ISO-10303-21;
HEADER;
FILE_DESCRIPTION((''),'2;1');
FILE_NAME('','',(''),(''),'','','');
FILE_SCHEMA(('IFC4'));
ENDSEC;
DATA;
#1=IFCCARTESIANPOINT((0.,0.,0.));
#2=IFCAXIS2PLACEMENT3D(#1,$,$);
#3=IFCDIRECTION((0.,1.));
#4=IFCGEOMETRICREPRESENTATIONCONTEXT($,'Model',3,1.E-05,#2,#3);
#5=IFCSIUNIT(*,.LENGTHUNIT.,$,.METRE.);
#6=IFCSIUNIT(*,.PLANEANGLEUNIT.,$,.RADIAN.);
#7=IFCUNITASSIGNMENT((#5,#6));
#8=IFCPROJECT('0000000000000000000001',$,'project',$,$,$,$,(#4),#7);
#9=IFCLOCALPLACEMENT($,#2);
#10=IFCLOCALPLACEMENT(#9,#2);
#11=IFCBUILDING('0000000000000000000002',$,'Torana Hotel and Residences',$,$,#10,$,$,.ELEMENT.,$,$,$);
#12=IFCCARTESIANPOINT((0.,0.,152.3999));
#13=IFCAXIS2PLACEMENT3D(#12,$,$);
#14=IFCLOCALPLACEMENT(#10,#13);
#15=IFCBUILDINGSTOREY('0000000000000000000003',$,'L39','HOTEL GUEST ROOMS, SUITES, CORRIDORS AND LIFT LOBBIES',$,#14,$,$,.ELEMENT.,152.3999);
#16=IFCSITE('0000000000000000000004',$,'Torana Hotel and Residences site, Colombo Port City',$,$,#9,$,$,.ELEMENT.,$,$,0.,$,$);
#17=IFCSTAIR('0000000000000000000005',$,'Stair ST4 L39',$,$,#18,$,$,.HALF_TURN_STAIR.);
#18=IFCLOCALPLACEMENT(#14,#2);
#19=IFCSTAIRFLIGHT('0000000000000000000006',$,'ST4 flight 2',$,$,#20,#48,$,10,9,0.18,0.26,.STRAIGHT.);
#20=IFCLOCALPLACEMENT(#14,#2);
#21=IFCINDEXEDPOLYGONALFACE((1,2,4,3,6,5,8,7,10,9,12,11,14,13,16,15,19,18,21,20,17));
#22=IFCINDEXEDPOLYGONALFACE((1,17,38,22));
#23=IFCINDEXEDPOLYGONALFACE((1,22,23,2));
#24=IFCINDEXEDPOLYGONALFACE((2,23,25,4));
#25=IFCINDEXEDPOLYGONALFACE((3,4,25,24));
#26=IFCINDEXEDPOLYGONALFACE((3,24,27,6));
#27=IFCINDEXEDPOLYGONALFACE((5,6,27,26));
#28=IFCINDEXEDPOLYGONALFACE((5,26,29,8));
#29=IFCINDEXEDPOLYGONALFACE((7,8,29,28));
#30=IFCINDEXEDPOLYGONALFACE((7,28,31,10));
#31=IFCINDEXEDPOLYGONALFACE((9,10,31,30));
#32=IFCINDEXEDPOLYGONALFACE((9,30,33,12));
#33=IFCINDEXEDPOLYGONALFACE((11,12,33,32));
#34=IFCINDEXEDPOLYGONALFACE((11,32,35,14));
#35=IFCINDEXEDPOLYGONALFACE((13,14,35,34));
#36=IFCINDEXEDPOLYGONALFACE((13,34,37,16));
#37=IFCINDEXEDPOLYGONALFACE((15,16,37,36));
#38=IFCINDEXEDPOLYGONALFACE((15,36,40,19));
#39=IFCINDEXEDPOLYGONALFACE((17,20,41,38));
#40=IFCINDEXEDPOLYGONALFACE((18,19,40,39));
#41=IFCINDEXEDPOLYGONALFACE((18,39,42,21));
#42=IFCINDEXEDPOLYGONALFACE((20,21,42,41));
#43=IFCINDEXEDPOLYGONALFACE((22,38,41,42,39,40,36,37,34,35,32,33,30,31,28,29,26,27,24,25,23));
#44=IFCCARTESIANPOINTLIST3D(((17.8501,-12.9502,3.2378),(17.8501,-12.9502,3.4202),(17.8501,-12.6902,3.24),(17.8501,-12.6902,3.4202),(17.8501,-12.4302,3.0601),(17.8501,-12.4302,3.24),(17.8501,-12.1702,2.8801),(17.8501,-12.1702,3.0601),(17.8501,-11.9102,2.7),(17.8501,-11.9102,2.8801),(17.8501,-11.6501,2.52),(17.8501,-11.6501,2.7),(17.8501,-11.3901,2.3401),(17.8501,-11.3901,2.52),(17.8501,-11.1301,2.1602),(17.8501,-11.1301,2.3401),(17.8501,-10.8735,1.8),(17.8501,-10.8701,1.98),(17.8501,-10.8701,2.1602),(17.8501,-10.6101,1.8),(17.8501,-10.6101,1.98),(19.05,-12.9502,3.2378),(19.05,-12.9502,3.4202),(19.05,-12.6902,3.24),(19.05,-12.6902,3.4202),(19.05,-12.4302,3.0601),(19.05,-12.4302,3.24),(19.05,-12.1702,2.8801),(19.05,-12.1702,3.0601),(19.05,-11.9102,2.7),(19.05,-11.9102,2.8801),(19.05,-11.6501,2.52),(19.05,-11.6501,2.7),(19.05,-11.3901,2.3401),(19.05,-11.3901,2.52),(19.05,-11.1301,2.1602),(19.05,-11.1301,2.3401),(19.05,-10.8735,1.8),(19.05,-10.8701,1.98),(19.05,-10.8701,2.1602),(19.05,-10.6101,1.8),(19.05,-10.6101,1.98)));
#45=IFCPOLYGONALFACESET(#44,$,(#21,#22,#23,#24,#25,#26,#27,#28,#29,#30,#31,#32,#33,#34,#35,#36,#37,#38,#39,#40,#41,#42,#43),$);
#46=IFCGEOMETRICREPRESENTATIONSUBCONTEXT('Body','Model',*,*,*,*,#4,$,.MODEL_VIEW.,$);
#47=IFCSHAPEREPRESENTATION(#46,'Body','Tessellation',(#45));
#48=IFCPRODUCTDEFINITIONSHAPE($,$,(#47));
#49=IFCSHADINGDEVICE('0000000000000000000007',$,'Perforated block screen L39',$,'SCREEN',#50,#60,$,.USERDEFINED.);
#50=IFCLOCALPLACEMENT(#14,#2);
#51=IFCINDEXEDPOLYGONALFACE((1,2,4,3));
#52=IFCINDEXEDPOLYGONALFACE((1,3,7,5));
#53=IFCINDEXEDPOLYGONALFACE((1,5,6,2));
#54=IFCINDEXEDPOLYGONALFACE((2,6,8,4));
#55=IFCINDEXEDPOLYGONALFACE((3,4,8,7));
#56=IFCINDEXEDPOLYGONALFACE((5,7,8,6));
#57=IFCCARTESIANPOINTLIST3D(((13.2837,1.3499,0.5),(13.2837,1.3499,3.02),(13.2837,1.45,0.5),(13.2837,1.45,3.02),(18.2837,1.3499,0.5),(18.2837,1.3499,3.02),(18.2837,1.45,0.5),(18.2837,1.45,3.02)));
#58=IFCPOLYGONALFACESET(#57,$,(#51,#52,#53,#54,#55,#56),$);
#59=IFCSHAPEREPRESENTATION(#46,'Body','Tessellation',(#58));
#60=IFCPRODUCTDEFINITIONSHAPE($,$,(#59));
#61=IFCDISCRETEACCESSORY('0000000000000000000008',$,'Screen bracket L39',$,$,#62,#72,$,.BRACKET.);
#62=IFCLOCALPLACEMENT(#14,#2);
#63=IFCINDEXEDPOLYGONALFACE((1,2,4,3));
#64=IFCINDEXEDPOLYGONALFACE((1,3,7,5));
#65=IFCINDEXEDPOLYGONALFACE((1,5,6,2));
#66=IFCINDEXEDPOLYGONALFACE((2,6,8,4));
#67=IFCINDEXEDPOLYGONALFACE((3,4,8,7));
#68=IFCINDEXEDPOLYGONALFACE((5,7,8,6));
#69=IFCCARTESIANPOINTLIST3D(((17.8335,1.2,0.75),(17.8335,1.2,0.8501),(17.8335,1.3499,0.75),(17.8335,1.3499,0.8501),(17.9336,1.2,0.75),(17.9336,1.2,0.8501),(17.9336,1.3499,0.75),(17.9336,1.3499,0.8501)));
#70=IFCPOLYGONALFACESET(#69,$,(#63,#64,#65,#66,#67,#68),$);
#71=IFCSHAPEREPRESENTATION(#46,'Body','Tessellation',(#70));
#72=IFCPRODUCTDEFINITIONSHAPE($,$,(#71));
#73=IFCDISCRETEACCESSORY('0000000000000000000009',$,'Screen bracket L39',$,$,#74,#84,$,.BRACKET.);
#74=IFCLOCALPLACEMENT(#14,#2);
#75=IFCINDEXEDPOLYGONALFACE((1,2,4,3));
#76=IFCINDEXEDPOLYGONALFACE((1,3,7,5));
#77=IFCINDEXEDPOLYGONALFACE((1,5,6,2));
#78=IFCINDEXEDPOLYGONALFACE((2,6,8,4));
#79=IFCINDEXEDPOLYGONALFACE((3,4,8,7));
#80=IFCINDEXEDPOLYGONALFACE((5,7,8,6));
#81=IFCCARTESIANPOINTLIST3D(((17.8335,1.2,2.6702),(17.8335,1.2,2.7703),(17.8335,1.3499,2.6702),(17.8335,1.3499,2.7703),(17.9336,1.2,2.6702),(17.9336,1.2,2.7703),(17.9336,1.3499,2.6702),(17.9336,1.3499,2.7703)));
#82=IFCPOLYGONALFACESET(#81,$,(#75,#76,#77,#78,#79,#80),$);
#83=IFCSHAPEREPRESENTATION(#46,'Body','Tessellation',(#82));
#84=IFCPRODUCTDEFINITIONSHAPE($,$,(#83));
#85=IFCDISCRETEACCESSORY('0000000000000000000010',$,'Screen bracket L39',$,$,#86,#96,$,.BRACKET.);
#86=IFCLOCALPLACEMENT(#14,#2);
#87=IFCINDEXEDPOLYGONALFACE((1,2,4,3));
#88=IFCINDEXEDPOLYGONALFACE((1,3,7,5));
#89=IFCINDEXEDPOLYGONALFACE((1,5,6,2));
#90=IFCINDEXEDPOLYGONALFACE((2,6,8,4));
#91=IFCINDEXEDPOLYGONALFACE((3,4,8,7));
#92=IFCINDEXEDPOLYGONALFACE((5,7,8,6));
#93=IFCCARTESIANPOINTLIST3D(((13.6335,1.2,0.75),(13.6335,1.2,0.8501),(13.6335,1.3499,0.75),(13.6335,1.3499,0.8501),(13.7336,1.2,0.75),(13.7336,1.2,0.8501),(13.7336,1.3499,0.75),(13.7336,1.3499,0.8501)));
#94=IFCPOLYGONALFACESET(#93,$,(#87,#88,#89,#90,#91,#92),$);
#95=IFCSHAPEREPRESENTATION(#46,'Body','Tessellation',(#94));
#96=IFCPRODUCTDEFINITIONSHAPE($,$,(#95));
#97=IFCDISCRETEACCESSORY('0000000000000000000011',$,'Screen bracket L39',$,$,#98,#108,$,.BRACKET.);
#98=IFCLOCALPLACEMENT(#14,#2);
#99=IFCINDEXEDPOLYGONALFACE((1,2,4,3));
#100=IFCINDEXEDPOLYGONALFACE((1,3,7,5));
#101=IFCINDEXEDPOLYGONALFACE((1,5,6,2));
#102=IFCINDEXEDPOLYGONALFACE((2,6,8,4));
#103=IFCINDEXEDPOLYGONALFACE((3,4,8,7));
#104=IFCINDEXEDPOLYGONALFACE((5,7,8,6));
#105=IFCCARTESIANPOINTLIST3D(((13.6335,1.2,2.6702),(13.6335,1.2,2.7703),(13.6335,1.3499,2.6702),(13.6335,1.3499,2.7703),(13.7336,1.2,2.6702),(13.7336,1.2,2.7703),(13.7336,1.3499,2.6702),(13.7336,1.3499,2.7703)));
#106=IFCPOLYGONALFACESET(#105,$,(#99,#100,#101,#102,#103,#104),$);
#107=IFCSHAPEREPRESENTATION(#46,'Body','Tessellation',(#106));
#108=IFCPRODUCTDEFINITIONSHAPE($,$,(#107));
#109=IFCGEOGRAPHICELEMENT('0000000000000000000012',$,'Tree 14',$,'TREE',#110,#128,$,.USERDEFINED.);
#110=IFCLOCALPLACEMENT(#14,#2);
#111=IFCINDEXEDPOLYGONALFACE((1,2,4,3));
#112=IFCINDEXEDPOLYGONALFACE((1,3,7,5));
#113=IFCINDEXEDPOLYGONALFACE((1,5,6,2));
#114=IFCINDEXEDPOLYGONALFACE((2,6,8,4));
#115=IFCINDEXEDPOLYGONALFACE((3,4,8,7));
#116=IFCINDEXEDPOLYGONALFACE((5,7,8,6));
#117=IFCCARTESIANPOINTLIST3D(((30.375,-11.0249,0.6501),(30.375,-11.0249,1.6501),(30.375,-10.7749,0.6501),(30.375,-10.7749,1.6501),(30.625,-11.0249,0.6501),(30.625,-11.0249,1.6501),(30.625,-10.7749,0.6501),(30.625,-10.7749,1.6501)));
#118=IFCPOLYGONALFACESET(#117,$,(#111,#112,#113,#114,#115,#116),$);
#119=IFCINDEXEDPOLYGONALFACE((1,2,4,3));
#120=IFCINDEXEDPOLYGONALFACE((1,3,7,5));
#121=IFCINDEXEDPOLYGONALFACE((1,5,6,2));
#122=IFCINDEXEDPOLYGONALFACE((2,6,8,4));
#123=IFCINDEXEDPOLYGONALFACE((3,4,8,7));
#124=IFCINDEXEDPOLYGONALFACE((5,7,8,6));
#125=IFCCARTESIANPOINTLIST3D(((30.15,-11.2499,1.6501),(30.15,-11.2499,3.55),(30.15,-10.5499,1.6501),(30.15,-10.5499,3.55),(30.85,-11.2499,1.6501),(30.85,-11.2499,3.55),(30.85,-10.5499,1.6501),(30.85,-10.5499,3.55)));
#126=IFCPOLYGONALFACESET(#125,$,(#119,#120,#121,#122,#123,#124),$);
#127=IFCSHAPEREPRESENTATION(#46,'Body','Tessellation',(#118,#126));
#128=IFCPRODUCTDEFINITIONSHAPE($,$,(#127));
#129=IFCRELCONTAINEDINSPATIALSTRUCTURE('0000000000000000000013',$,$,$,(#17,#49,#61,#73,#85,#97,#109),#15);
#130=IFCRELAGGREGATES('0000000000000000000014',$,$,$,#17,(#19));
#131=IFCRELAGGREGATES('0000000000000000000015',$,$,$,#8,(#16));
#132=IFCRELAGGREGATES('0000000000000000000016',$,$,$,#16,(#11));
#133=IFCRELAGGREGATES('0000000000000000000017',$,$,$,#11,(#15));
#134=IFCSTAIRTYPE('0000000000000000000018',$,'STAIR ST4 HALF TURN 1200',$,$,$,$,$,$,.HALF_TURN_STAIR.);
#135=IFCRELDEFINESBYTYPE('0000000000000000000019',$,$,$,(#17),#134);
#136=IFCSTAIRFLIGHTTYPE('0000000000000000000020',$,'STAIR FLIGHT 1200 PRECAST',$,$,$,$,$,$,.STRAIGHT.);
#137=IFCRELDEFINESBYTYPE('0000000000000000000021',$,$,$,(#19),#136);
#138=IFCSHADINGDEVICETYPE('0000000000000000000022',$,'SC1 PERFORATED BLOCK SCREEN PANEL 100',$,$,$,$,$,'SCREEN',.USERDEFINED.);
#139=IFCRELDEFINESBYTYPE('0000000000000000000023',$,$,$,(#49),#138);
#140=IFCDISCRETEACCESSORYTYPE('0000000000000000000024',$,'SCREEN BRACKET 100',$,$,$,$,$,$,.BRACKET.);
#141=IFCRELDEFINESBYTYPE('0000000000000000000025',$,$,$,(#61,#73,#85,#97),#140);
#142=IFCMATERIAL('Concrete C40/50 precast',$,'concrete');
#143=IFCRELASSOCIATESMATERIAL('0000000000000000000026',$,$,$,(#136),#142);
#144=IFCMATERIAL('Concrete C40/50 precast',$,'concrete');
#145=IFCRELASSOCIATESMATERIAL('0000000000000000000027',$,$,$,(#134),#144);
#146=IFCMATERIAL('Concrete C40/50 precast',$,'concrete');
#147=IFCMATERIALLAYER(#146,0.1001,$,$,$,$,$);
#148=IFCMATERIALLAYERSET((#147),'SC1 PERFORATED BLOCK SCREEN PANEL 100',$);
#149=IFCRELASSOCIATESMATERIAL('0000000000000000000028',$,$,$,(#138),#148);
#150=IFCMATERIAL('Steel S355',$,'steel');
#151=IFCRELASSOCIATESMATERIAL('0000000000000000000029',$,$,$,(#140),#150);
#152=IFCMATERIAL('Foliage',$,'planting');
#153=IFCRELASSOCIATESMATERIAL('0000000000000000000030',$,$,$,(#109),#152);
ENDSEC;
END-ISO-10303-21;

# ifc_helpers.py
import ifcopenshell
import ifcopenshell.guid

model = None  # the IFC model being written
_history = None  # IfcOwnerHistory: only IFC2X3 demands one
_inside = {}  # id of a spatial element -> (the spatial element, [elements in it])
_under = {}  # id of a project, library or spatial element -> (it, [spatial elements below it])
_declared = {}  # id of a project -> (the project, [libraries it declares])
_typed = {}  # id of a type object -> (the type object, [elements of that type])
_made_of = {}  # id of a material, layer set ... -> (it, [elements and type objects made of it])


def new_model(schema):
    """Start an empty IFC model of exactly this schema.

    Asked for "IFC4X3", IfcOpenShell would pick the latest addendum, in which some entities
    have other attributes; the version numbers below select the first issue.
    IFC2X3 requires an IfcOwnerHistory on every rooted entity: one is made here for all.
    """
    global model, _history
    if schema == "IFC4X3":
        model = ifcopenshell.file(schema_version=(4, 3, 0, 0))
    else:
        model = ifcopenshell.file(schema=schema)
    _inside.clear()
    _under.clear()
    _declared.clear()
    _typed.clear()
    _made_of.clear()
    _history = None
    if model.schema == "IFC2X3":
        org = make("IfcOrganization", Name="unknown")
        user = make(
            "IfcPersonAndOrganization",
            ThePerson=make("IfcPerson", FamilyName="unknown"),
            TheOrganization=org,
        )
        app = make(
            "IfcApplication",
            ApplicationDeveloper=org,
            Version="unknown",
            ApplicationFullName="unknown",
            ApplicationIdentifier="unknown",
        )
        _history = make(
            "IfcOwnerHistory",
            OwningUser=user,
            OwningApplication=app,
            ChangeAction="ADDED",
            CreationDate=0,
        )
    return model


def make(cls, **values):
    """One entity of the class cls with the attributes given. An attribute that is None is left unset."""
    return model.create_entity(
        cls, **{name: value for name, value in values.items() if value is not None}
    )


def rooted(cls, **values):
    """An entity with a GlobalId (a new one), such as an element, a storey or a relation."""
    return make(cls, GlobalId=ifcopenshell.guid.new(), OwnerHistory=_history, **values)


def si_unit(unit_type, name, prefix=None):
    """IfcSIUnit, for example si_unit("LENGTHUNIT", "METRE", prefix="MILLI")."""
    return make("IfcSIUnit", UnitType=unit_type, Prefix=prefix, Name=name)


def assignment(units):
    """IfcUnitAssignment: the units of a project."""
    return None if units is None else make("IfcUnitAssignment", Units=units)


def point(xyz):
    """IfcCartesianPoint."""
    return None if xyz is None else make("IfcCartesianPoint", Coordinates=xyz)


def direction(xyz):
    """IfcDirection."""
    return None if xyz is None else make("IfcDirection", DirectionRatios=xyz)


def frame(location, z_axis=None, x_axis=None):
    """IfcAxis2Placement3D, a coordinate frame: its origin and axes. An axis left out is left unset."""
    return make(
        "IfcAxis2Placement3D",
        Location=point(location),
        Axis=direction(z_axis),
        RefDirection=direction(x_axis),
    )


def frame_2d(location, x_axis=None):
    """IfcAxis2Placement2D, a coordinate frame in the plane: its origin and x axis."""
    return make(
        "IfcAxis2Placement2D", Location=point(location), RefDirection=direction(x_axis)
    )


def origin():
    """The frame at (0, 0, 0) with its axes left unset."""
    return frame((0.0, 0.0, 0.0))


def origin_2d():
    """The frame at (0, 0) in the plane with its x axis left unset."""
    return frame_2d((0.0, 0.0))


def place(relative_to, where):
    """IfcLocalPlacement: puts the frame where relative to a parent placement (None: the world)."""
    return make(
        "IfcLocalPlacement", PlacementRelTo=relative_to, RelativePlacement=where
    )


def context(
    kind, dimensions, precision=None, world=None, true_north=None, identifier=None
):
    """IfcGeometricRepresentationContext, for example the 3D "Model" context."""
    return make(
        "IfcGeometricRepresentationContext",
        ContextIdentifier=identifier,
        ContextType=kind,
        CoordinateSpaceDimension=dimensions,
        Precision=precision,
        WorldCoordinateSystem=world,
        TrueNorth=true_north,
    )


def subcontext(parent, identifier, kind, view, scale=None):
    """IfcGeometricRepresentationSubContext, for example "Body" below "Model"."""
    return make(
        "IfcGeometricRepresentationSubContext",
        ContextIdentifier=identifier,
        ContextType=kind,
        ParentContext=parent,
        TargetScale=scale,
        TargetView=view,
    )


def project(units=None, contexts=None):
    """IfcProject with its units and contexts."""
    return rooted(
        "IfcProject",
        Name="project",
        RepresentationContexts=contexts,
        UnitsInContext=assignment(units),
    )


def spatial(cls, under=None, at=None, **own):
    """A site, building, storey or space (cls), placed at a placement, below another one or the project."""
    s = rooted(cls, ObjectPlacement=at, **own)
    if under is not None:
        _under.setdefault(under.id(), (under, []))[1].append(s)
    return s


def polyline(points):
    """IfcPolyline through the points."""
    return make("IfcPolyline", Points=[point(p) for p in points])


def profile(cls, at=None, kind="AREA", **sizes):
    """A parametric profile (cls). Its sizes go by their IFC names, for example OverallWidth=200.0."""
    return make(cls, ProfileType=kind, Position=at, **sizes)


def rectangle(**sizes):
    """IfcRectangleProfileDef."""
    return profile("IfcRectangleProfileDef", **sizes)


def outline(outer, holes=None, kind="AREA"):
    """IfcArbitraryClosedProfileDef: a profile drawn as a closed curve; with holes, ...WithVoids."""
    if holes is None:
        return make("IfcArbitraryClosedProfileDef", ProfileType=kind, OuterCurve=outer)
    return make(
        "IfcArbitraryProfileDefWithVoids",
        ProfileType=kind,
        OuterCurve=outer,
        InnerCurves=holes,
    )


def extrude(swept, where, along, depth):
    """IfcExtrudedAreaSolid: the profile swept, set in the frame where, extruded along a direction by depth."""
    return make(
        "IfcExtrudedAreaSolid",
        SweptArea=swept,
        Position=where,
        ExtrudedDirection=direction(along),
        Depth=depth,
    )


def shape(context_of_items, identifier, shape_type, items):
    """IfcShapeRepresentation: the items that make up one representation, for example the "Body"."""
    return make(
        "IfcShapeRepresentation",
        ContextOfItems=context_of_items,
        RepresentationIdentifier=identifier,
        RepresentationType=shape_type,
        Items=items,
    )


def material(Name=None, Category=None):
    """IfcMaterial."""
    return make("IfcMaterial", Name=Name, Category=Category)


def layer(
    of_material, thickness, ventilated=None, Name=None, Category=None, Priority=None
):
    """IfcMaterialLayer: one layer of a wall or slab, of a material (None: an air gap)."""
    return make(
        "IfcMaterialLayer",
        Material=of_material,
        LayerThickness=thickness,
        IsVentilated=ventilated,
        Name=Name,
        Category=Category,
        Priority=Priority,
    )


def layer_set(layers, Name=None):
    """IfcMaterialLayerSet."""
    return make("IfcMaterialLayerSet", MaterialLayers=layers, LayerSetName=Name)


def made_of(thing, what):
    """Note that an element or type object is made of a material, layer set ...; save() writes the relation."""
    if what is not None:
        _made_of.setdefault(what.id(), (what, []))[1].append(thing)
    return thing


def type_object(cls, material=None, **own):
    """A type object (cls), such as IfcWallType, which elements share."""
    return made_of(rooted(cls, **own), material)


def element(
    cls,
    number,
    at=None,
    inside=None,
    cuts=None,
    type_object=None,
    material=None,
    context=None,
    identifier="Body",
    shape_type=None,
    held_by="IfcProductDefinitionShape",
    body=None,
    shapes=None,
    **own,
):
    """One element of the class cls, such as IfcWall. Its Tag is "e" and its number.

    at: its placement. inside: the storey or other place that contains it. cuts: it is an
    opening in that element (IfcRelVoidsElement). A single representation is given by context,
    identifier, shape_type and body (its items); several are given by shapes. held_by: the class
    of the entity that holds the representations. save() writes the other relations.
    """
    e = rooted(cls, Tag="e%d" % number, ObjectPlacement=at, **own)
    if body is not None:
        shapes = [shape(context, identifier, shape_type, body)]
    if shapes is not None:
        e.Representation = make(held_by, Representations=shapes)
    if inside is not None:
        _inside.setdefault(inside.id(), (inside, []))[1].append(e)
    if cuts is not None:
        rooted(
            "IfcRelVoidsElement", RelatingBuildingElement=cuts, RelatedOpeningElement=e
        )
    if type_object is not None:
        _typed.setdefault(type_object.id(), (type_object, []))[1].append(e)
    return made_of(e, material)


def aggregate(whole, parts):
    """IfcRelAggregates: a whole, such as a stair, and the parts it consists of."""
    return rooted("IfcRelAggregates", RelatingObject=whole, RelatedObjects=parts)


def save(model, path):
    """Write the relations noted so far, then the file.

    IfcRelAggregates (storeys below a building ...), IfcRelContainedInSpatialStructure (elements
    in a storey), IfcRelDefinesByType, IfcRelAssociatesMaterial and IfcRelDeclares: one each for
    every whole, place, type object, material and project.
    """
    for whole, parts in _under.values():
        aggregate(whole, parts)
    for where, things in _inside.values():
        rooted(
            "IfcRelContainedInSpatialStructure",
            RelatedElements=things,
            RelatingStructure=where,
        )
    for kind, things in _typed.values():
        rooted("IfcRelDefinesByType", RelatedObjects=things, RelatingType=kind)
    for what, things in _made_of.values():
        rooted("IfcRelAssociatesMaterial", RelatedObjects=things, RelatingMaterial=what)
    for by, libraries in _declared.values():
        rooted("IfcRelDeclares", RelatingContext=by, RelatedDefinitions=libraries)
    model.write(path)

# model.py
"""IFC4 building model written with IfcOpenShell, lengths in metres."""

from ifc_helpers import new_model, si_unit, direction, frame, origin, origin_2d, place, context, subcontext, project, spatial, polyline, rectangle, outline, extrude, material, layer, layer_set, type_object, element, aggregate, save


model = new_model("IFC4")

# Units and contexts
model_context = context("Model", 3, precision=1e-05, world=origin(), true_north=direction((0.0, 1.0)))
body_context = subcontext(model_context, "Body", "Model", "MODEL_VIEW")
ifc_project = project(units=[si_unit("LENGTHUNIT", "METRE"), si_unit("PLANEANGLEUNIT", "RADIAN")], contexts=[model_context])

# Site, building, storey
site_placement = place(None, origin())
site = spatial("IfcSite", under=ifc_project, at=site_placement, Name="Torana Hotel and Residences site, Colombo Port City", CompositionType="ELEMENT", RefElevation=0.0)
building_placement = place(site_placement, origin())
building = spatial("IfcBuilding", under=site, at=building_placement, Name="Torana Hotel and Residences", CompositionType="ELEMENT")
storey_placement = place(building_placement, frame((0.0, 0.0, 152.3999)))
storey = spatial("IfcBuildingStorey", under=building, at=storey_placement, Name="L39", Description="HOTEL GUEST ROOMS, SUITES, CORRIDORS AND LIFT LOBBIES", CompositionType="ELEMENT", Elevation=152.3999)

# Shared definitions
ifc_material_1 = material(Name="Concrete C40/50 precast", Category="concrete")
stair_flight_type = type_object("IfcStairFlightType", Name="STAIR FLIGHT 1200 PRECAST", PredefinedType="STRAIGHT", material=ifc_material_1)

# Stair, stair flight
ifc_material_2 = material(Name="Concrete C40/50 precast", Category="concrete")
stair_type_1 = type_object("IfcStairType", Name="STAIR ST4 HALF TURN 1200", PredefinedType="HALF_TURN_STAIR", material=ifc_material_2)
stair_1_placement = place(storey_placement, origin())
stair_1 = element("IfcStair", 1, at=stair_1_placement, inside=storey, type_object=stair_type_1, Name="Stair ST4 L39", PredefinedType="HALF_TURN_STAIR")
stair_flight_1_placement = place(storey_placement, frame((18.45, -10.6101, 1.8), z_axis=(0.0, 0.0, 1.0), x_axis=(0.0, -1.0, 0.0)))
stair_flight_1 = element("IfcStairFlight", 2, at=stair_flight_1_placement, type_object=stair_flight_type, Name="ST4 flight 2", NumberOfRisers=10, NumberOfTreads=9, PredefinedType="STRAIGHT", RiserHeight=0.18, TreadLength=0.26, context=body_context, shape_type="SweptSolid", body=[
    extrude(outline(polyline([(0.0, 0.0), (0.0, 0.1799), (0.26, 0.1799), (0.26, 0.3601), (0.52, 0.3601), (0.52, 0.54), (0.78, 0.54), (0.78, 0.72), (1.04, 0.72), (1.04, 0.8999), (1.3, 0.8999), (1.3, 1.0801), (1.5601, 1.0801), (1.5601, 1.26), (1.8201, 1.26), (1.8201, 1.4399), (2.0801, 1.4399), (2.0801, 1.6201), (2.3401, 1.6201), (2.3401, 1.8), (2.3401, 1.4377), (0.2634, 0.0), (0.0, 0.0)])), frame((0.0, 0.6001, 0.0), z_axis=(0.0, -1.0, 0.0), x_axis=(1.0, 0.0, 0.0)), (0.0, 0.0, 1.0), 1.2),
])
aggregate(stair_1, [stair_flight_1])

# Shading device
ifc_material_3 = material(Name="Concrete C40/50 precast", Category="concrete")
ifc_layer_1 = layer(ifc_material_3, 0.1001)
ifc_layer_set_1 = layer_set([ifc_layer_1], Name="SC1 PERFORATED BLOCK SCREEN PANEL 100")
shading_device_type = type_object("IfcShadingDeviceType", Name="SC1 PERFORATED BLOCK SCREEN PANEL 100", ElementType="SCREEN", PredefinedType="USERDEFINED", material=ifc_layer_set_1)
shading_device_placement = place(storey_placement, frame((15.7837, 1.3999, 0.5), z_axis=(0.0, 0.0, 1.0), x_axis=(-1.0, 0.0, 0.0)))
element("IfcShadingDevice", 3, at=shading_device_placement, inside=storey, type_object=shading_device_type, Name="Perforated block screen L39", ObjectType="SCREEN", PredefinedType="USERDEFINED", context=body_context, shape_type="SweptSolid", body=[
    extrude(rectangle(XDim=5.0, YDim=0.1001, at=origin_2d()), origin(), (0.0, 0.0, 1.0), 2.52),
])

# Discrete accessories
ifc_material_4 = material(Name="Steel S355", Category="steel")
discrete_accessory_type = type_object("IfcDiscreteAccessoryType", Name="SCREEN BRACKET 100", PredefinedType="BRACKET", material=ifc_material_4)
for number, where, z_axis, x_axis, name in (
    (4, (17.8835, 1.2749, 0.75), (0.0, 0.0, 1.0), (-1.0, 0.0, 0.0), "Screen bracket L39"),
    (5, (17.8835, 1.2749, 2.6702), (0.0, 0.0, 1.0), (-1.0, 0.0, 0.0), "Screen bracket L39"),
    (6, (13.6836, 1.2749, 0.75), (0.0, 0.0, 1.0), (-1.0, 0.0, 0.0), "Screen bracket L39"),
    (7, (13.6836, 1.2749, 2.6702), (0.0, 0.0, 1.0), (-1.0, 0.0, 0.0), "Screen bracket L39"),
):
    element("IfcDiscreteAccessory", number, at=place(storey_placement, frame(where, z_axis=z_axis, x_axis=x_axis)), inside=storey, type_object=discrete_accessory_type, Name=name, PredefinedType="BRACKET", context=body_context, shape_type="SweptSolid", body=[
        extrude(rectangle(XDim=0.1001, YDim=0.1499, at=origin_2d()), origin(), (0.0, 0.0, 1.0), 0.1001),
    ])

# Geographic element
ifc_material_5 = material(Name="Foliage", Category="planting")
geographic_element_placement = place(storey_placement, frame((30.5, -10.8999, 0.6501), z_axis=(0.0, 0.0, 1.0), x_axis=(1.0, 0.0, 0.0)))
element("IfcGeographicElement", 8, at=geographic_element_placement, inside=storey, material=ifc_material_5, Name="Tree 14", ObjectType="TREE", PredefinedType="USERDEFINED", context=body_context, shape_type="SweptSolid", body=[
    extrude(rectangle(XDim=0.25, YDim=0.25, at=origin_2d()), origin(), (0.0, 0.0, 1.0), 1.0),
    extrude(rectangle(XDim=0.7, YDim=0.7, at=origin_2d()), frame((0.0, 0.0, 1.0)), (0.0, 0.0, 1.0), 1.8999),
])

save(model, "model.ifc")
